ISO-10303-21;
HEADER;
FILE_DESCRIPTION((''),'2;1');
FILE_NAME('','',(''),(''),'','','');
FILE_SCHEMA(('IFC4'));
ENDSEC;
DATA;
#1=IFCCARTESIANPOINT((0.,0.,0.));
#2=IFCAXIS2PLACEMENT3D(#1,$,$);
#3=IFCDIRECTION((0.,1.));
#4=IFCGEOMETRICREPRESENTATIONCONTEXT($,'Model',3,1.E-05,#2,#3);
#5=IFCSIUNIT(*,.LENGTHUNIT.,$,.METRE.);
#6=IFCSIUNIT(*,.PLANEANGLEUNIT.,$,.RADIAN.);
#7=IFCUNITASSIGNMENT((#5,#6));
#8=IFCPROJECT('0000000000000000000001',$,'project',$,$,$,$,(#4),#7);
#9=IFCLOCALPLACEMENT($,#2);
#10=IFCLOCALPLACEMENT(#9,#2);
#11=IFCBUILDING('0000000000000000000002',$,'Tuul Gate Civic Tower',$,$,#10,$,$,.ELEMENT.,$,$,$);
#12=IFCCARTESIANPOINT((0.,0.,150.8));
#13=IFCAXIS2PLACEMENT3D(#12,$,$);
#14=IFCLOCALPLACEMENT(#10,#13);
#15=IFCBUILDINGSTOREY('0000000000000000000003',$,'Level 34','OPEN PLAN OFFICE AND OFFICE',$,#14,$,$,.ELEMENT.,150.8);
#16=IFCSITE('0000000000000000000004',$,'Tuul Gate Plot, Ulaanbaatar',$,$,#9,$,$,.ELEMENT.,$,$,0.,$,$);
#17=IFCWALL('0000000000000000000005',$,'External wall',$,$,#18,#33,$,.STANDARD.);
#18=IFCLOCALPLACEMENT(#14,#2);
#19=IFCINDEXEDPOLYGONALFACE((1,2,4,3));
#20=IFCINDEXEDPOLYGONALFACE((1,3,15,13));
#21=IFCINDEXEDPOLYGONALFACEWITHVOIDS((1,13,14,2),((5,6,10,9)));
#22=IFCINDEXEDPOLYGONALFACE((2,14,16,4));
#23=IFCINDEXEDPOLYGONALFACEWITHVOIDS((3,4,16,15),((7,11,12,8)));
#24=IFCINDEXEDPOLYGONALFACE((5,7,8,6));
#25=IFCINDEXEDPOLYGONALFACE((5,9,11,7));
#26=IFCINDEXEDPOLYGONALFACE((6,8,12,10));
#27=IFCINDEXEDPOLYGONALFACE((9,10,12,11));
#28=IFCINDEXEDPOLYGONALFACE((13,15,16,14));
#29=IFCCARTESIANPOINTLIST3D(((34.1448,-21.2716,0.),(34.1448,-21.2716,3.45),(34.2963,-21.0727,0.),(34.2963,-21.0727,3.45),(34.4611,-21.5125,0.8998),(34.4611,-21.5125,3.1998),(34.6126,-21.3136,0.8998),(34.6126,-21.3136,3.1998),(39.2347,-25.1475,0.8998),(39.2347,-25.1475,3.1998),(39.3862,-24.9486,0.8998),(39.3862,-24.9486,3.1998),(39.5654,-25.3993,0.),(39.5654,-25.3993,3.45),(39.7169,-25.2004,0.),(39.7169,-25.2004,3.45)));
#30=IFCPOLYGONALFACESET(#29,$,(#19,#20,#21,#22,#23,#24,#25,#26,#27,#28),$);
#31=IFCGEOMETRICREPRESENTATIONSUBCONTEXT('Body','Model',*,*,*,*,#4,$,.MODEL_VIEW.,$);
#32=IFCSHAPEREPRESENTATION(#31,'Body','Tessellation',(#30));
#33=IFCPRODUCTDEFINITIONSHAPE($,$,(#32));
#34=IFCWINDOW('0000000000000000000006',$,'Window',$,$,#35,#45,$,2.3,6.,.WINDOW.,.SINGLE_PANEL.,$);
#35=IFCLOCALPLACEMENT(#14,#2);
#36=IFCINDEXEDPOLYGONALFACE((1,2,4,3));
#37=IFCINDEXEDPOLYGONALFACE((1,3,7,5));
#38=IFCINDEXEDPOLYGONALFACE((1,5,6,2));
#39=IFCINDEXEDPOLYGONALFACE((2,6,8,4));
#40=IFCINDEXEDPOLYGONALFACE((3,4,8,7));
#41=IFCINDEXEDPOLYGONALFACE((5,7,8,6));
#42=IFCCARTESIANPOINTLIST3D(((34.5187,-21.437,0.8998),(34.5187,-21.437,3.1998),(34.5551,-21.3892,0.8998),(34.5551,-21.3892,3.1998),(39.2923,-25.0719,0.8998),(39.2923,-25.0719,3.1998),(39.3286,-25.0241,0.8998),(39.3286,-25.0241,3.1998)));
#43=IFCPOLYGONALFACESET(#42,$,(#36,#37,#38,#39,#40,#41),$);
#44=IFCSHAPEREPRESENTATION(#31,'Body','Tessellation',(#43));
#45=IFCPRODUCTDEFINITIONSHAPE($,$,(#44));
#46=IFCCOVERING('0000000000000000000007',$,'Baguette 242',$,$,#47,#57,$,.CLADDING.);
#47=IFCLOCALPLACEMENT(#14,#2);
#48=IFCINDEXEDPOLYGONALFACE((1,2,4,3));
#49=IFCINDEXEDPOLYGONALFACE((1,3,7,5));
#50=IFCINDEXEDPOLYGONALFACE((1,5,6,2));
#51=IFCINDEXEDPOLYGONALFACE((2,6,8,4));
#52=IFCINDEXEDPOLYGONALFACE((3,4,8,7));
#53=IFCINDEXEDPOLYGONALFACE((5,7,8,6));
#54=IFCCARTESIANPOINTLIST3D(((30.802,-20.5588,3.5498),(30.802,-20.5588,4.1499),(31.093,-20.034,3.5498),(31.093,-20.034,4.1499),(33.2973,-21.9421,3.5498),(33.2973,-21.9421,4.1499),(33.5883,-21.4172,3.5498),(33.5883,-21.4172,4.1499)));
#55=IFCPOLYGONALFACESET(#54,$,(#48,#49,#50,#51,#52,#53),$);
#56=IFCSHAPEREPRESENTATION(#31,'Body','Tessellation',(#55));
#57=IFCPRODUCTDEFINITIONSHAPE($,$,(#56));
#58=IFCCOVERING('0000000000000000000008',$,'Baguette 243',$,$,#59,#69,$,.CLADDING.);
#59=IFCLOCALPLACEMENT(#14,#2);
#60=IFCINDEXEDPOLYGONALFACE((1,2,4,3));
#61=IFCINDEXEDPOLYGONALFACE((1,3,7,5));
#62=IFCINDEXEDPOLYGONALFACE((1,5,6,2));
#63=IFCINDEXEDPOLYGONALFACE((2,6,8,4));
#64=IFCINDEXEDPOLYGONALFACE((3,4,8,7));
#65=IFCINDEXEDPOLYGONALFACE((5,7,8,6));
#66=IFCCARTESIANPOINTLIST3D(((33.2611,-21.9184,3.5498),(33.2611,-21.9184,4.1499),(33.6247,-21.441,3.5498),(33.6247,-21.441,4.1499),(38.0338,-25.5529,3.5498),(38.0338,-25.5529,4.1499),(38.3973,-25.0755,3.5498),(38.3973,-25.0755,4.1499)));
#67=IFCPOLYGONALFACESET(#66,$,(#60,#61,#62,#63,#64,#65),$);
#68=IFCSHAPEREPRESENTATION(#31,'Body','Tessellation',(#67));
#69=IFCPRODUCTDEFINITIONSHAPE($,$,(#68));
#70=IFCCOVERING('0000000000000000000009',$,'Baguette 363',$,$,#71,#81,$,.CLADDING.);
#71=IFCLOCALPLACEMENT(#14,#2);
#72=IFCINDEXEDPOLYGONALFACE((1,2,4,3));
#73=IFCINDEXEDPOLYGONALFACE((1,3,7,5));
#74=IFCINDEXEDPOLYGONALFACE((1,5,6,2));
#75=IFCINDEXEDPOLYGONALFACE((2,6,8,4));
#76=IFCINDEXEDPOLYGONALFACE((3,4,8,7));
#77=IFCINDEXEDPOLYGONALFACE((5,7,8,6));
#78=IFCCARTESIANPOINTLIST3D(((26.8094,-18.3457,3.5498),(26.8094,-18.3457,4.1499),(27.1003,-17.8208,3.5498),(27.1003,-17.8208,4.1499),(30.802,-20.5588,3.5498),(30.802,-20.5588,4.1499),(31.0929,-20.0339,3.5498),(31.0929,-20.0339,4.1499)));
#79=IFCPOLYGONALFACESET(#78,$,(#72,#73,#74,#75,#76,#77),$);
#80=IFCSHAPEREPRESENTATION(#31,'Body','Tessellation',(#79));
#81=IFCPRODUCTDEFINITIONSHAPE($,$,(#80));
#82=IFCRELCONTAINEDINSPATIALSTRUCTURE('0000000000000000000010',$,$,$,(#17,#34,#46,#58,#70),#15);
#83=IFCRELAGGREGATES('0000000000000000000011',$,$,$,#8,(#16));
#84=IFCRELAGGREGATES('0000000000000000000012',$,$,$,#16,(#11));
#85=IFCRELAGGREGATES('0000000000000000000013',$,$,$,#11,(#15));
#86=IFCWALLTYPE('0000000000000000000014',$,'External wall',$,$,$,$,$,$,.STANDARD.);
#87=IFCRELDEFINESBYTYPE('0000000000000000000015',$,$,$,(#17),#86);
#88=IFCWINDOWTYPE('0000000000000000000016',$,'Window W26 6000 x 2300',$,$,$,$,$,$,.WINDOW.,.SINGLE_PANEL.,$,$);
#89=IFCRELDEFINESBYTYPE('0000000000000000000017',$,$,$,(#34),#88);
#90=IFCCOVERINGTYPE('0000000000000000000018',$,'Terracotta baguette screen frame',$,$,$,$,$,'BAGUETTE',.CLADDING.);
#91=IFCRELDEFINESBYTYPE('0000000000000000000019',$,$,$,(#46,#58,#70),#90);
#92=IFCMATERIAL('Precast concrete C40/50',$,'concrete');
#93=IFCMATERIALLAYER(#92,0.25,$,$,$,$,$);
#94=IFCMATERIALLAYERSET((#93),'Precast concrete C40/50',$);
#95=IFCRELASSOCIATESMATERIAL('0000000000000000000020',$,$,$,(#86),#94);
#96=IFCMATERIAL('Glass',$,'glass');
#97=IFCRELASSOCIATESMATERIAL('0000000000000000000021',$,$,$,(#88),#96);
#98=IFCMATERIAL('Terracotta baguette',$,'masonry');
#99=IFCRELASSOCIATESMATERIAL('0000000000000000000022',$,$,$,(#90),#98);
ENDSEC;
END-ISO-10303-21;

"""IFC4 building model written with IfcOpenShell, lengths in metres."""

from ifc_helpers import new_model, si_unit, direction, frame, frame_2d, origin, origin_2d, place, context, subcontext, project, spatial, rectangle, extrude, material, layer, layer_set, material_profile, profile_set, type_object, element, fill, save


model = new_model("IFC4")

# Units and contexts
model_context = context("Model", 3, precision=1e-05, world=origin(), true_north=direction((0.0, 1.0)))
body_context = subcontext(model_context, "Body", "Model", "MODEL_VIEW")
ifc_project = project(units=[si_unit("LENGTHUNIT", "METRE"), si_unit("PLANEANGLEUNIT", "RADIAN")], contexts=[model_context])

# Site, building, storey
site_placement = place(None, origin())
site = spatial("IfcSite", under=ifc_project, at=site_placement, Name="Tuul Gate Plot, Ulaanbaatar", CompositionType="ELEMENT", RefElevation=0.0)
building_placement = place(site_placement, origin())
building = spatial("IfcBuilding", under=site, at=building_placement, Name="Tuul Gate Civic Tower", CompositionType="ELEMENT")
storey_placement = place(building_placement, frame((0.0, 0.0, 150.8)))
storey = spatial("IfcBuildingStorey", under=building, at=storey_placement, Name="Level 34", Description="OPEN PLAN OFFICE AND OFFICE", CompositionType="ELEMENT", Elevation=150.8)

# Wall, opening, window
ifc_material_1 = material(Name="Precast concrete C40/50", Category="concrete")
ifc_layer_1 = layer(ifc_material_1, 0.25)
ifc_layer_set_1 = layer_set([ifc_layer_1], Name="Precast concrete C40/50")
wall_type_1 = type_object("IfcWallType", Name="External wall", PredefinedType="STANDARD", material=ifc_layer_set_1)
ifc_material_2 = material(Name="Glass", Category="glass")
window_type = type_object("IfcWindowType", Name="Window W26 6000 x 2300", PartitioningType="SINGLE_PANEL", PredefinedType="WINDOW", material=ifc_material_2)
wall_1_placement = place(storey_placement, frame((34.2205, -21.1721, 0.0), z_axis=(0.0, 0.0, 1.0), x_axis=(0.795597, -0.605826, 0.0)))
wall_1 = element("IfcWall", 1, at=wall_1_placement, inside=storey, type_object=wall_type_1, Name="External wall", PredefinedType="STANDARD", context=body_context, shape_type="SweptSolid", body=[
    extrude(rectangle(XDim=6.8132, YDim=0.25, at=frame_2d((3.4067, 0.0))), origin(), (0.0, 0.0, 1.0), 3.45),
])
opening_1_placement = place(wall_1_placement, frame((0.3977, 0.0, 0.8999)))
opening_1 = element("IfcOpeningElement", 2, at=opening_1_placement, cuts=wall_1, PredefinedType="OPENING", context=body_context, shape_type="SweptSolid", body=[
    extrude(rectangle(XDim=6.0, YDim=2.3, at=frame_2d((3.0, 1.1499))), frame((0.0, 0.135, 0.0), z_axis=(0.0, -1.0, 0.0), x_axis=(1.0, 0.0, 0.0)), (0.0, 0.0, 1.0), 0.27),
])
window_1_placement = place(opening_1_placement, origin())
window_1 = element("IfcWindow", 3, at=window_1_placement, inside=storey, type_object=window_type, Name="Window", OverallHeight=2.3, OverallWidth=6.0, PartitioningType="SINGLE_PANEL", PredefinedType="WINDOW", context=body_context, shape_type="SweptSolid", body=[
    extrude(rectangle(XDim=6.0, YDim=2.3, at=frame_2d((3.0, 1.1499))), frame((0.0, 0.03, 0.0), z_axis=(0.0, -1.0, 0.0), x_axis=(1.0, 0.0, 0.0)), (0.0, 0.0, 1.0), 0.0601),
])
fill(opening_1, window_1)

# Coverings
ifc_material_3 = material(Name="Terracotta baguette", Category="masonry")
ifc_material_profile_1 = material_profile(ifc_material_3, rectangle(XDim=0.6001, YDim=0.6001, at=origin_2d()), Name="Terracotta baguette screen frame")
ifc_profile_set_1 = profile_set([ifc_material_profile_1], Name="Terracotta baguette")
covering_type = type_object("IfcCoveringType", Name="Terracotta baguette screen frame", ElementType="BAGUETTE", PredefinedType="CLADDING", material=ifc_profile_set_1)
covering_1_placement = place(storey_placement, frame((30.9475, -20.2964, 3.8499), z_axis=(0.874605, -0.484836, 0.0), x_axis=(0.484836, 0.874605, 0.0)))
element("IfcCovering", 4, at=covering_1_placement, inside=storey, type_object=covering_type, Name="Baguette 242", PredefinedType="CLADDING", context=body_context, shape_type="SweptSolid", body=[
    extrude(rectangle(XDim=0.6001, YDim=0.6001, at=origin_2d()), origin(), (0.0, 0.0, 1.0), 2.853),
])
covering_2_placement = place(storey_placement, frame((33.4429, -21.6797, 3.8499), z_axis=(0.795578, -0.605851, 0.0), x_axis=(0.605851, 0.795578, 0.0)))
element("IfcCovering", 5, at=covering_2_placement, inside=storey, type_object=covering_type, Name="Baguette 243", PredefinedType="CLADDING", context=body_context, shape_type="SweptSolid", body=[
    extrude(rectangle(XDim=0.6001, YDim=0.6001, at=origin_2d()), origin(), (0.0, 0.0, 1.0), 5.999),
])
covering_3_placement = place(storey_placement, frame((26.9548, -18.0833, 3.8499), z_axis=(0.874624, -0.484803, 0.0), x_axis=(0.484803, 0.874624, 0.0)))
element("IfcCovering", 6, at=covering_3_placement, inside=storey, type_object=covering_type, Name="Baguette 363", PredefinedType="CLADDING", context=body_context, shape_type="SweptSolid", body=[
    extrude(rectangle(XDim=0.6001, YDim=0.6001, at=origin_2d()), origin(), (0.0, 0.0, 1.0), 4.5649),
])

save(model, "model.ifc")
